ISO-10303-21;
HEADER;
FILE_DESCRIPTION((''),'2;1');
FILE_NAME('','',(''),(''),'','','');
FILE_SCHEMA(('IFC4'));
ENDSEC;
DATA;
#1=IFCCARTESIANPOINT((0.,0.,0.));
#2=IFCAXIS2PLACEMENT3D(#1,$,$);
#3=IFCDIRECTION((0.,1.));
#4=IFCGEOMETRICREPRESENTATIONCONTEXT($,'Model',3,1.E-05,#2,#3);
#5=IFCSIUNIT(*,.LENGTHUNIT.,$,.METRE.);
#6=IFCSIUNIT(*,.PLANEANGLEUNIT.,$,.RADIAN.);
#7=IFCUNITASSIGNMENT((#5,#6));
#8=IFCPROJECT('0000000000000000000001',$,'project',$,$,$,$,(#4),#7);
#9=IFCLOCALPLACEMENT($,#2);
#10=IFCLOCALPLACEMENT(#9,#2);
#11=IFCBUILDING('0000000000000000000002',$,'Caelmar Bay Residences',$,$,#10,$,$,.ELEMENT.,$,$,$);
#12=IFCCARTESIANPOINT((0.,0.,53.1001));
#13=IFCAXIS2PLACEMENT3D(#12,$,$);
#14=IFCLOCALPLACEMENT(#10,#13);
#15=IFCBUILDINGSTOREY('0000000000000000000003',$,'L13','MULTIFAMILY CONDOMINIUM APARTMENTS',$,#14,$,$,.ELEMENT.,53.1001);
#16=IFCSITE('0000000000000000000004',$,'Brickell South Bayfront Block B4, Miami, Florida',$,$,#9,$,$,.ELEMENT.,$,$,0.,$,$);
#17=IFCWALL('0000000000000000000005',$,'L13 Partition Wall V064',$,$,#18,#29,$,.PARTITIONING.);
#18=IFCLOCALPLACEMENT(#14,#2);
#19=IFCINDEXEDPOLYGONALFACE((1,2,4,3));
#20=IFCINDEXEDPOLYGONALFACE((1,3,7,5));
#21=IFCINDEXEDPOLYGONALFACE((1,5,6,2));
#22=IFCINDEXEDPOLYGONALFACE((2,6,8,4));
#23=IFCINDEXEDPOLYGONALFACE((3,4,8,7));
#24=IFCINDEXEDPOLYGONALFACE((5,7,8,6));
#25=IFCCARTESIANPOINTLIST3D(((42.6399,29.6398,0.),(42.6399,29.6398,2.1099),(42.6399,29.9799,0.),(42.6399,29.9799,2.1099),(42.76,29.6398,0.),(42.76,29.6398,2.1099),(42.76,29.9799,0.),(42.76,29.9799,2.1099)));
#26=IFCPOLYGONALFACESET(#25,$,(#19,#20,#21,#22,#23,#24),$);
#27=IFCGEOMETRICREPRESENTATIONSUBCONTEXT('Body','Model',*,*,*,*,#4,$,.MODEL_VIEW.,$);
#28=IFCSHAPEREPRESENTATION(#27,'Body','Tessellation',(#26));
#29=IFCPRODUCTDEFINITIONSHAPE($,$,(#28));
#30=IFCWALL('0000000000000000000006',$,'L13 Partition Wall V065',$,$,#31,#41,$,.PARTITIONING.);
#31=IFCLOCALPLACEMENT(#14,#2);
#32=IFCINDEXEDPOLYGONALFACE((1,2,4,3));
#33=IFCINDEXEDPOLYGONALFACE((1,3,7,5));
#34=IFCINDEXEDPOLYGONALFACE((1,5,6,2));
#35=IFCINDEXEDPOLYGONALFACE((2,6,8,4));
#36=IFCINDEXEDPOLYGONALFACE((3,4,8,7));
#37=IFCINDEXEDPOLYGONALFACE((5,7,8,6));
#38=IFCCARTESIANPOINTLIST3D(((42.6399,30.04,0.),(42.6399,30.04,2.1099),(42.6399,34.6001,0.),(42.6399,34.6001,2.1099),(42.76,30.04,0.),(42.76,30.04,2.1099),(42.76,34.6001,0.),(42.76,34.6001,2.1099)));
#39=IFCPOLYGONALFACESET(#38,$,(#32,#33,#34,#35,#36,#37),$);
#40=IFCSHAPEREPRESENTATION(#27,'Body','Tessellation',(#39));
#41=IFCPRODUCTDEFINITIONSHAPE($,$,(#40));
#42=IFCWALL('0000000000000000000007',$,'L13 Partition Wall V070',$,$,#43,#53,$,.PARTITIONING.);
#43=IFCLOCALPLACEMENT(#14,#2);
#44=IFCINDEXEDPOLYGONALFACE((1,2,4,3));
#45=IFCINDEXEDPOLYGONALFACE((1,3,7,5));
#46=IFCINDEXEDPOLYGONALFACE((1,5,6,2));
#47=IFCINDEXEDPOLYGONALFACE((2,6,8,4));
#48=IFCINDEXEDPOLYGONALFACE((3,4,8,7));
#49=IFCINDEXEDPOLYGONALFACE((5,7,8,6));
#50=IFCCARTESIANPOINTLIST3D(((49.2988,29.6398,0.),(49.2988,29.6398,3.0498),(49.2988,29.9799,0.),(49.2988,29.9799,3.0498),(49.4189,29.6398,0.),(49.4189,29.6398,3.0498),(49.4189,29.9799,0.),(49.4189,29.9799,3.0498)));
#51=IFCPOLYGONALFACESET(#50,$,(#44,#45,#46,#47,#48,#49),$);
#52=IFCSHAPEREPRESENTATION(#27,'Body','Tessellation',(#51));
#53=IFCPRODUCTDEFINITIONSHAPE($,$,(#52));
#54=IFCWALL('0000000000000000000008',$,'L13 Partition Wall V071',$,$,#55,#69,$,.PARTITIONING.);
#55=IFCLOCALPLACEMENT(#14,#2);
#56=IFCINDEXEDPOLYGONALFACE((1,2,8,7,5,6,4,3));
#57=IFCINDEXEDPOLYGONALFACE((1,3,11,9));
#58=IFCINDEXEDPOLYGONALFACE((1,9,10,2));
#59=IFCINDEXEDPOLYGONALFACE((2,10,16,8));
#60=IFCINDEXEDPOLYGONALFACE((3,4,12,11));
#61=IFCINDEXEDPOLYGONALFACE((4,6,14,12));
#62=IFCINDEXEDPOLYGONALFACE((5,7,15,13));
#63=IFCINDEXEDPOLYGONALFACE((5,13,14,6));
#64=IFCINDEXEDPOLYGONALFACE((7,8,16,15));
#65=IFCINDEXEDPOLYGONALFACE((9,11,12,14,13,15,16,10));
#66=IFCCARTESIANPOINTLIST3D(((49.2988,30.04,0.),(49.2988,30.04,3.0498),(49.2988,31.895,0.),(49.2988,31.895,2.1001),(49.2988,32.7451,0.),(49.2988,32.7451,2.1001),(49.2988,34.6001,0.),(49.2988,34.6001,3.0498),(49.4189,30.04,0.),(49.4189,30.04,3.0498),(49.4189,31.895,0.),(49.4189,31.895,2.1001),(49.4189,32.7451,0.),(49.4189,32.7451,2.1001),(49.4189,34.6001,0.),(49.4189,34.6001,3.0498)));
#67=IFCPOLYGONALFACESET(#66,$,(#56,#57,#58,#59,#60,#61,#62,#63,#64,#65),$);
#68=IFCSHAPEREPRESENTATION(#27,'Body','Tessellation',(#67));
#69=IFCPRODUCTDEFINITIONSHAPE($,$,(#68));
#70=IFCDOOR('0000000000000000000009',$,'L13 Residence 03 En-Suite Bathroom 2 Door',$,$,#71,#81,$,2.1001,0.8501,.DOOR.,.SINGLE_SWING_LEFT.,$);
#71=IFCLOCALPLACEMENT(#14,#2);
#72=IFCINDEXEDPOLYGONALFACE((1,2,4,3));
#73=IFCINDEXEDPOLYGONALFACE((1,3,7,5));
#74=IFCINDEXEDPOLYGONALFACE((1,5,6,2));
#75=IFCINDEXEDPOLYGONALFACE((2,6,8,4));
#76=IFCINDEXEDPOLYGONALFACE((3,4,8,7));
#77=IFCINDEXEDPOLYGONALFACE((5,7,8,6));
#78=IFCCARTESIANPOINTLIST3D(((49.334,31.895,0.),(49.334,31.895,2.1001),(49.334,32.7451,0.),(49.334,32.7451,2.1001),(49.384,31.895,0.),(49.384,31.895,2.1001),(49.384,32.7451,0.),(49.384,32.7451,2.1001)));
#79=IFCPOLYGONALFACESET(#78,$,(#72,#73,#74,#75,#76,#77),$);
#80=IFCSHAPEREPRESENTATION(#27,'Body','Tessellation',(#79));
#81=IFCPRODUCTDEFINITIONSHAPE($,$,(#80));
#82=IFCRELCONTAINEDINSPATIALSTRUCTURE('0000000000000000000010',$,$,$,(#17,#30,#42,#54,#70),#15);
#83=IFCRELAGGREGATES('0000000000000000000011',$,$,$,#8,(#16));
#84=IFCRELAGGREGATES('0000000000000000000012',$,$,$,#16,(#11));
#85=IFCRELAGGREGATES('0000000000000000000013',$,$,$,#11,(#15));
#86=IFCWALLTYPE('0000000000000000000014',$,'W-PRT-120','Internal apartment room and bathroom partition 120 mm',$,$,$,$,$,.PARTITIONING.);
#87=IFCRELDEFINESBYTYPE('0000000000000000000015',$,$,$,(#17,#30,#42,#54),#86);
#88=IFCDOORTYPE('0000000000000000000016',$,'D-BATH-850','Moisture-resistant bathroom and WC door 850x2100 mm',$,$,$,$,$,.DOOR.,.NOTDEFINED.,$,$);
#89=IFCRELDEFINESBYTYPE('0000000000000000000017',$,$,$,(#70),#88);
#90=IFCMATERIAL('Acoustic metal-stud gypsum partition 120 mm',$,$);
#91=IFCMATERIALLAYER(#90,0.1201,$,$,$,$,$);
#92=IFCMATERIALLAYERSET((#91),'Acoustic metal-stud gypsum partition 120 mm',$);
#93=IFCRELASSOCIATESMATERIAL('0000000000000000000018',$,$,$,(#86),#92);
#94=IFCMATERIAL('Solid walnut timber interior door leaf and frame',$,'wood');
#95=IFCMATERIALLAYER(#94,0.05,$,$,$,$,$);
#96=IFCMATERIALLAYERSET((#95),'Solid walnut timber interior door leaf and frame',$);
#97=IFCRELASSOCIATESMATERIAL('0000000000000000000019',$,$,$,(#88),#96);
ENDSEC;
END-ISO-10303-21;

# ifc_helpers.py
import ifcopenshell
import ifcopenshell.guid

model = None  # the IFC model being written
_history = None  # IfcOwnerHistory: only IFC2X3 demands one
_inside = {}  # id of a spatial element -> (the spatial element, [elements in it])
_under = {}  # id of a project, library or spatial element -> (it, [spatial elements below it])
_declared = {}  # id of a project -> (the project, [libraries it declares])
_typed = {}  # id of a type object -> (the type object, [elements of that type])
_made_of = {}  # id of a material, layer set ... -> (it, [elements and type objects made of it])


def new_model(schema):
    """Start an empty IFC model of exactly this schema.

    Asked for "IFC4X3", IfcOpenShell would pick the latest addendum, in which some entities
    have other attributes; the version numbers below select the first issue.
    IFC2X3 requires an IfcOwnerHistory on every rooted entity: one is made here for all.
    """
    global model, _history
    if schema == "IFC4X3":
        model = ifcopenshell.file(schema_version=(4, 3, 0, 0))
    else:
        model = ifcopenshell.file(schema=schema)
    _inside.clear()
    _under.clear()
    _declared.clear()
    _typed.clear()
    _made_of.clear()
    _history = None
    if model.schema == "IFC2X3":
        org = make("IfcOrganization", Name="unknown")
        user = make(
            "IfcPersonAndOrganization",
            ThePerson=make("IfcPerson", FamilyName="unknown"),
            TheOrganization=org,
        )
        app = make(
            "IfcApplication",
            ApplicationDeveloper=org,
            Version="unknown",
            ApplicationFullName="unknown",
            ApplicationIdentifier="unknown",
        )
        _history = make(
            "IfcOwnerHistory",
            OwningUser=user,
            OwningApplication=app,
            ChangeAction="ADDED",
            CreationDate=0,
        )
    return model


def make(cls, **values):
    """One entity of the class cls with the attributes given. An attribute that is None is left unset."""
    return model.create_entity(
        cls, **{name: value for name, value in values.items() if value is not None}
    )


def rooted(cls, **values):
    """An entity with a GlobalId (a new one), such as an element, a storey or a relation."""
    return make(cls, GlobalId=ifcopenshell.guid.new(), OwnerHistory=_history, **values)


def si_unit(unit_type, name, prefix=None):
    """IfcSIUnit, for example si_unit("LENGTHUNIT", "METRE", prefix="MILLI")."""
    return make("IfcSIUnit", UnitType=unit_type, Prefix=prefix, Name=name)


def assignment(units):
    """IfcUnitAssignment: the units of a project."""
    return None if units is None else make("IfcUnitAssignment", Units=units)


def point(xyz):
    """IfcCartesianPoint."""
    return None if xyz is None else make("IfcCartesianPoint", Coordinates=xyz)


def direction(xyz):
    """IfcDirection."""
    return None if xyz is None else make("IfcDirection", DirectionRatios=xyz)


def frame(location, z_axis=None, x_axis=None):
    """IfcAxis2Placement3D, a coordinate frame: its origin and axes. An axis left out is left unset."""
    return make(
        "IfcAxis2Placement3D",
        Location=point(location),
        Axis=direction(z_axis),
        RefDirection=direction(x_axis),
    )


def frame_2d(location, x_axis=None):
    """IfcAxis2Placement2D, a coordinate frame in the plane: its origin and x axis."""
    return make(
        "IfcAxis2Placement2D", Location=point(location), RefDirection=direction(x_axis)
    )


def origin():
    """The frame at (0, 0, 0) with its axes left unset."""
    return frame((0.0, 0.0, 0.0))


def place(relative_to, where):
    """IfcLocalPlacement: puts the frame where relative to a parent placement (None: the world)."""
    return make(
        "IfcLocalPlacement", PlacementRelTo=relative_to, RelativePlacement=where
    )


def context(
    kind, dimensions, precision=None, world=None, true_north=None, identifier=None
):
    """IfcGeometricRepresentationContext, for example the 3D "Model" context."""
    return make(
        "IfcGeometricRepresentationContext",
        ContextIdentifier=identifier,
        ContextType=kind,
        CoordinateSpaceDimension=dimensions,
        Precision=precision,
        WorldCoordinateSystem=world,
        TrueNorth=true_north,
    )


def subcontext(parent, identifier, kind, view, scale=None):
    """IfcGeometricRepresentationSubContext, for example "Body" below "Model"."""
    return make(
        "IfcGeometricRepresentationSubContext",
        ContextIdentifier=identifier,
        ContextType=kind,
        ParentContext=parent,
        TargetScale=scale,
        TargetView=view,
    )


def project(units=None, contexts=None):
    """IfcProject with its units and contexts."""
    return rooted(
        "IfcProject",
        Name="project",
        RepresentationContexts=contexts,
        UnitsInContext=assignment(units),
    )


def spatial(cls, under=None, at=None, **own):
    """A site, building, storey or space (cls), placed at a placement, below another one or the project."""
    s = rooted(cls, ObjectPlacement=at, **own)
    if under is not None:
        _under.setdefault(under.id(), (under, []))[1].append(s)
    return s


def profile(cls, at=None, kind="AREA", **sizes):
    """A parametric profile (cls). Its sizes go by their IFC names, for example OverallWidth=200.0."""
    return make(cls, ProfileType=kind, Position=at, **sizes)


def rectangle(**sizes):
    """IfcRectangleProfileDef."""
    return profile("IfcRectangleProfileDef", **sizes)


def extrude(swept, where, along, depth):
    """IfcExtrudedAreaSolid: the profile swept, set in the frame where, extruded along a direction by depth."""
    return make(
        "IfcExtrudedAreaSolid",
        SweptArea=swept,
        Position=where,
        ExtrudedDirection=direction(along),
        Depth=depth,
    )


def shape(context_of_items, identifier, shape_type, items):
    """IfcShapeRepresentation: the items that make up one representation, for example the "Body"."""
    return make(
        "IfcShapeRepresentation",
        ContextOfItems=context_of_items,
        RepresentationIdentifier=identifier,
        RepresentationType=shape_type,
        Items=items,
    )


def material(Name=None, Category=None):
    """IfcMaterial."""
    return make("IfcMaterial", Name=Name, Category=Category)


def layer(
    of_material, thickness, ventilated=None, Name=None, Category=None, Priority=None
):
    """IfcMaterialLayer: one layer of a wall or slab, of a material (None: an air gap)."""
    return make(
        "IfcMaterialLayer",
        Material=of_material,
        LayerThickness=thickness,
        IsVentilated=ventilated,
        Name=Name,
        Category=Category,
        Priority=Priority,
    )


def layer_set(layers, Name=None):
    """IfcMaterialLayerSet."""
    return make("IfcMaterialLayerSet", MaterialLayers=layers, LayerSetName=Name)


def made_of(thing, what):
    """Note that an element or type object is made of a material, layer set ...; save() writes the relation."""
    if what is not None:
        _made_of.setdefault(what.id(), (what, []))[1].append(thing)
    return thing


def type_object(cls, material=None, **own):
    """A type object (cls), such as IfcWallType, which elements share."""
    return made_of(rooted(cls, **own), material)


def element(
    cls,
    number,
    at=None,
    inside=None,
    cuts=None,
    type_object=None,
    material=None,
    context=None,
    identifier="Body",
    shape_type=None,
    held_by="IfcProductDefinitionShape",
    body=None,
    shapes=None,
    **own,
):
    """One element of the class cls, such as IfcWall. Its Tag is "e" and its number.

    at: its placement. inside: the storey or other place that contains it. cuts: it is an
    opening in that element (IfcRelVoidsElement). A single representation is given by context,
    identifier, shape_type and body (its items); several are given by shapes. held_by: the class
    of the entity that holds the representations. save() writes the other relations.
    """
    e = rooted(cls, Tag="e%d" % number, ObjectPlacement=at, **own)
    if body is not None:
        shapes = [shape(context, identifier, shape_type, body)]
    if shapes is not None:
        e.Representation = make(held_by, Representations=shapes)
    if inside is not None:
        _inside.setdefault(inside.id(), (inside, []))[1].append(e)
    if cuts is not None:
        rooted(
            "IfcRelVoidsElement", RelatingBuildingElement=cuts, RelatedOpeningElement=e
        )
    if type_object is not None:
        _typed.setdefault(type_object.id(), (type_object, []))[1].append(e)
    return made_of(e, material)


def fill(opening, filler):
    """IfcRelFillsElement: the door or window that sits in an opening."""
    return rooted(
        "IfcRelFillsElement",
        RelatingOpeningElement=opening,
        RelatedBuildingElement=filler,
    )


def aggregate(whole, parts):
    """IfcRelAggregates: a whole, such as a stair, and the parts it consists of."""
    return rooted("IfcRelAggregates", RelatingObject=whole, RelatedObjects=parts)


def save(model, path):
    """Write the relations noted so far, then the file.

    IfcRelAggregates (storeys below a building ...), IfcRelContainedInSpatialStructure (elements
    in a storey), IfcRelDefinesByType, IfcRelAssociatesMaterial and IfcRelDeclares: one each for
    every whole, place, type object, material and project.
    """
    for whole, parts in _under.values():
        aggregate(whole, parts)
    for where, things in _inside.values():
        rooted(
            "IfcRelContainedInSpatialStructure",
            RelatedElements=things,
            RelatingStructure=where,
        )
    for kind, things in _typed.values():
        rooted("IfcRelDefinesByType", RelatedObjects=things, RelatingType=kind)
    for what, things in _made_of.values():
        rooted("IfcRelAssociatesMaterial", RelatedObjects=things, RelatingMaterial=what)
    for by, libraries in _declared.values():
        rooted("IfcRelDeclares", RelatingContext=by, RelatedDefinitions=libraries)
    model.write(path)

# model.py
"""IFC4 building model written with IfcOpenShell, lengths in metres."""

from ifc_helpers import new_model, si_unit, direction, frame, frame_2d, origin, place, context, subcontext, project, spatial, rectangle, extrude, material, layer, layer_set, type_object, element, fill, save


model = new_model("IFC4")

# Units and contexts
model_context = context("Model", 3, precision=1e-05, world=origin(), true_north=direction((0.0, 1.0)))
body_context = subcontext(model_context, "Body", "Model", "MODEL_VIEW")
ifc_project = project(units=[si_unit("LENGTHUNIT", "METRE"), si_unit("PLANEANGLEUNIT", "RADIAN")], contexts=[model_context])

# Site, building, storey
site_placement = place(None, origin())
site = spatial("IfcSite", under=ifc_project, at=site_placement, Name="Brickell South Bayfront Block B4, Miami, Florida", CompositionType="ELEMENT", RefElevation=0.0)
building_placement = place(site_placement, origin())
building = spatial("IfcBuilding", under=site, at=building_placement, Name="Caelmar Bay Residences", CompositionType="ELEMENT")
storey_placement = place(building_placement, frame((0.0, 0.0, 53.1001)))
storey = spatial("IfcBuildingStorey", under=building, at=storey_placement, Name="L13", Description="MULTIFAMILY CONDOMINIUM APARTMENTS", CompositionType="ELEMENT", Elevation=53.1001)

# Shared definitions
ifc_material_1 = material(Name="Acoustic metal-stud gypsum partition 120 mm")
ifc_layer_1 = layer(ifc_material_1, 0.1201)
ifc_layer_set_1 = layer_set([ifc_layer_1], Name="Acoustic metal-stud gypsum partition 120 mm")
wall_type_1 = type_object("IfcWallType", Name="W-PRT-120", Description="Internal apartment room and bathroom partition 120 mm", PredefinedType="PARTITIONING", material=ifc_layer_set_1)

# Shared definitions
ifc_material_2 = material(Name="Solid walnut timber interior door leaf and frame", Category="wood")
ifc_layer_2 = layer(ifc_material_2, 0.05)
ifc_layer_set_2 = layer_set([ifc_layer_2], Name="Solid walnut timber interior door leaf and frame")
door_type = type_object("IfcDoorType", Name="D-BATH-850", Description="Moisture-resistant bathroom and WC door 850x2100 mm", OperationType="NOTDEFINED", PredefinedType="DOOR", material=ifc_layer_set_2)

# Walls
wall_1_placement = place(storey_placement, frame((42.7, 29.6399, 0.0), z_axis=(0.0, 0.0, 1.0), x_axis=(0.0, 1.0, 0.0)))
element("IfcWall", 1, at=wall_1_placement, inside=storey, type_object=wall_type_1, Name="L13 Partition Wall V064", PredefinedType="PARTITIONING", context=body_context, shape_type="SweptSolid", body=[
    extrude(rectangle(XDim=0.3401, YDim=0.1201, at=frame_2d((0.1699, 0.0))), origin(), (0.0, 0.0, 1.0), 2.1099),
])
wall_2_placement = place(storey_placement, frame((42.7, 30.04, 0.0), z_axis=(0.0, 0.0, 1.0), x_axis=(0.0, 1.0, 0.0)))
element("IfcWall", 2, at=wall_2_placement, inside=storey, type_object=wall_type_1, Name="L13 Partition Wall V065", PredefinedType="PARTITIONING", context=body_context, shape_type="SweptSolid", body=[
    extrude(rectangle(XDim=4.5601, YDim=0.1201, at=frame_2d((2.28, 0.0))), origin(), (0.0, 0.0, 1.0), 2.1099),
])
wall_3_placement = place(storey_placement, frame((49.3589, 29.6399, 0.0), z_axis=(0.0, 0.0, 1.0), x_axis=(0.0, 1.0, 0.0)))
element("IfcWall", 3, at=wall_3_placement, inside=storey, type_object=wall_type_1, Name="L13 Partition Wall V070", PredefinedType="PARTITIONING", context=body_context, shape_type="SweptSolid", body=[
    extrude(rectangle(XDim=0.3401, YDim=0.1201, at=frame_2d((0.1699, 0.0))), origin(), (0.0, 0.0, 1.0), 3.0498),
])

# Wall, opening, door
wall_4_placement = place(storey_placement, frame((49.3589, 30.04, 0.0), z_axis=(0.0, 0.0, 1.0), x_axis=(0.0, 1.0, 0.0)))
wall_4 = element("IfcWall", 4, at=wall_4_placement, inside=storey, type_object=wall_type_1, Name="L13 Partition Wall V071", PredefinedType="PARTITIONING", context=body_context, shape_type="SweptSolid", body=[
    extrude(rectangle(XDim=4.5601, YDim=0.1201, at=frame_2d((2.28, 0.0))), origin(), (0.0, 0.0, 1.0), 3.0498),
])
opening_1_placement = place(wall_4_placement, frame((1.855, 0.0, 0.0)))
opening_1 = element("IfcOpeningElement", 5, at=opening_1_placement, cuts=wall_4, PredefinedType="OPENING", context=body_context, shape_type="SweptSolid", body=[
    extrude(rectangle(XDim=0.8501, YDim=2.1001, at=frame_2d((0.425, 1.05))), frame((0.0, 0.0701, 0.0), z_axis=(0.0, -1.0, 0.0), x_axis=(1.0, 0.0, 0.0)), (0.0, 0.0, 1.0), 0.1401),
])
door_1_placement = place(opening_1_placement, origin())
door_1 = element("IfcDoor", 6, at=door_1_placement, inside=storey, type_object=door_type, Name="L13 Residence 03 En-Suite Bathroom 2 Door", OperationType="SINGLE_SWING_LEFT", OverallHeight=2.1001, OverallWidth=0.8501, PredefinedType="DOOR", context=body_context, shape_type="SweptSolid", body=[
    extrude(rectangle(XDim=0.8501, YDim=2.1001, at=frame_2d((0.425, 1.05))), frame((0.0, 0.0249, 0.0), z_axis=(0.0, -1.0, 0.0), x_axis=(1.0, 0.0, 0.0)), (0.0, 0.0, 1.0), 0.05),
])
fill(opening_1, door_1)

save(model, "model.ifc")
